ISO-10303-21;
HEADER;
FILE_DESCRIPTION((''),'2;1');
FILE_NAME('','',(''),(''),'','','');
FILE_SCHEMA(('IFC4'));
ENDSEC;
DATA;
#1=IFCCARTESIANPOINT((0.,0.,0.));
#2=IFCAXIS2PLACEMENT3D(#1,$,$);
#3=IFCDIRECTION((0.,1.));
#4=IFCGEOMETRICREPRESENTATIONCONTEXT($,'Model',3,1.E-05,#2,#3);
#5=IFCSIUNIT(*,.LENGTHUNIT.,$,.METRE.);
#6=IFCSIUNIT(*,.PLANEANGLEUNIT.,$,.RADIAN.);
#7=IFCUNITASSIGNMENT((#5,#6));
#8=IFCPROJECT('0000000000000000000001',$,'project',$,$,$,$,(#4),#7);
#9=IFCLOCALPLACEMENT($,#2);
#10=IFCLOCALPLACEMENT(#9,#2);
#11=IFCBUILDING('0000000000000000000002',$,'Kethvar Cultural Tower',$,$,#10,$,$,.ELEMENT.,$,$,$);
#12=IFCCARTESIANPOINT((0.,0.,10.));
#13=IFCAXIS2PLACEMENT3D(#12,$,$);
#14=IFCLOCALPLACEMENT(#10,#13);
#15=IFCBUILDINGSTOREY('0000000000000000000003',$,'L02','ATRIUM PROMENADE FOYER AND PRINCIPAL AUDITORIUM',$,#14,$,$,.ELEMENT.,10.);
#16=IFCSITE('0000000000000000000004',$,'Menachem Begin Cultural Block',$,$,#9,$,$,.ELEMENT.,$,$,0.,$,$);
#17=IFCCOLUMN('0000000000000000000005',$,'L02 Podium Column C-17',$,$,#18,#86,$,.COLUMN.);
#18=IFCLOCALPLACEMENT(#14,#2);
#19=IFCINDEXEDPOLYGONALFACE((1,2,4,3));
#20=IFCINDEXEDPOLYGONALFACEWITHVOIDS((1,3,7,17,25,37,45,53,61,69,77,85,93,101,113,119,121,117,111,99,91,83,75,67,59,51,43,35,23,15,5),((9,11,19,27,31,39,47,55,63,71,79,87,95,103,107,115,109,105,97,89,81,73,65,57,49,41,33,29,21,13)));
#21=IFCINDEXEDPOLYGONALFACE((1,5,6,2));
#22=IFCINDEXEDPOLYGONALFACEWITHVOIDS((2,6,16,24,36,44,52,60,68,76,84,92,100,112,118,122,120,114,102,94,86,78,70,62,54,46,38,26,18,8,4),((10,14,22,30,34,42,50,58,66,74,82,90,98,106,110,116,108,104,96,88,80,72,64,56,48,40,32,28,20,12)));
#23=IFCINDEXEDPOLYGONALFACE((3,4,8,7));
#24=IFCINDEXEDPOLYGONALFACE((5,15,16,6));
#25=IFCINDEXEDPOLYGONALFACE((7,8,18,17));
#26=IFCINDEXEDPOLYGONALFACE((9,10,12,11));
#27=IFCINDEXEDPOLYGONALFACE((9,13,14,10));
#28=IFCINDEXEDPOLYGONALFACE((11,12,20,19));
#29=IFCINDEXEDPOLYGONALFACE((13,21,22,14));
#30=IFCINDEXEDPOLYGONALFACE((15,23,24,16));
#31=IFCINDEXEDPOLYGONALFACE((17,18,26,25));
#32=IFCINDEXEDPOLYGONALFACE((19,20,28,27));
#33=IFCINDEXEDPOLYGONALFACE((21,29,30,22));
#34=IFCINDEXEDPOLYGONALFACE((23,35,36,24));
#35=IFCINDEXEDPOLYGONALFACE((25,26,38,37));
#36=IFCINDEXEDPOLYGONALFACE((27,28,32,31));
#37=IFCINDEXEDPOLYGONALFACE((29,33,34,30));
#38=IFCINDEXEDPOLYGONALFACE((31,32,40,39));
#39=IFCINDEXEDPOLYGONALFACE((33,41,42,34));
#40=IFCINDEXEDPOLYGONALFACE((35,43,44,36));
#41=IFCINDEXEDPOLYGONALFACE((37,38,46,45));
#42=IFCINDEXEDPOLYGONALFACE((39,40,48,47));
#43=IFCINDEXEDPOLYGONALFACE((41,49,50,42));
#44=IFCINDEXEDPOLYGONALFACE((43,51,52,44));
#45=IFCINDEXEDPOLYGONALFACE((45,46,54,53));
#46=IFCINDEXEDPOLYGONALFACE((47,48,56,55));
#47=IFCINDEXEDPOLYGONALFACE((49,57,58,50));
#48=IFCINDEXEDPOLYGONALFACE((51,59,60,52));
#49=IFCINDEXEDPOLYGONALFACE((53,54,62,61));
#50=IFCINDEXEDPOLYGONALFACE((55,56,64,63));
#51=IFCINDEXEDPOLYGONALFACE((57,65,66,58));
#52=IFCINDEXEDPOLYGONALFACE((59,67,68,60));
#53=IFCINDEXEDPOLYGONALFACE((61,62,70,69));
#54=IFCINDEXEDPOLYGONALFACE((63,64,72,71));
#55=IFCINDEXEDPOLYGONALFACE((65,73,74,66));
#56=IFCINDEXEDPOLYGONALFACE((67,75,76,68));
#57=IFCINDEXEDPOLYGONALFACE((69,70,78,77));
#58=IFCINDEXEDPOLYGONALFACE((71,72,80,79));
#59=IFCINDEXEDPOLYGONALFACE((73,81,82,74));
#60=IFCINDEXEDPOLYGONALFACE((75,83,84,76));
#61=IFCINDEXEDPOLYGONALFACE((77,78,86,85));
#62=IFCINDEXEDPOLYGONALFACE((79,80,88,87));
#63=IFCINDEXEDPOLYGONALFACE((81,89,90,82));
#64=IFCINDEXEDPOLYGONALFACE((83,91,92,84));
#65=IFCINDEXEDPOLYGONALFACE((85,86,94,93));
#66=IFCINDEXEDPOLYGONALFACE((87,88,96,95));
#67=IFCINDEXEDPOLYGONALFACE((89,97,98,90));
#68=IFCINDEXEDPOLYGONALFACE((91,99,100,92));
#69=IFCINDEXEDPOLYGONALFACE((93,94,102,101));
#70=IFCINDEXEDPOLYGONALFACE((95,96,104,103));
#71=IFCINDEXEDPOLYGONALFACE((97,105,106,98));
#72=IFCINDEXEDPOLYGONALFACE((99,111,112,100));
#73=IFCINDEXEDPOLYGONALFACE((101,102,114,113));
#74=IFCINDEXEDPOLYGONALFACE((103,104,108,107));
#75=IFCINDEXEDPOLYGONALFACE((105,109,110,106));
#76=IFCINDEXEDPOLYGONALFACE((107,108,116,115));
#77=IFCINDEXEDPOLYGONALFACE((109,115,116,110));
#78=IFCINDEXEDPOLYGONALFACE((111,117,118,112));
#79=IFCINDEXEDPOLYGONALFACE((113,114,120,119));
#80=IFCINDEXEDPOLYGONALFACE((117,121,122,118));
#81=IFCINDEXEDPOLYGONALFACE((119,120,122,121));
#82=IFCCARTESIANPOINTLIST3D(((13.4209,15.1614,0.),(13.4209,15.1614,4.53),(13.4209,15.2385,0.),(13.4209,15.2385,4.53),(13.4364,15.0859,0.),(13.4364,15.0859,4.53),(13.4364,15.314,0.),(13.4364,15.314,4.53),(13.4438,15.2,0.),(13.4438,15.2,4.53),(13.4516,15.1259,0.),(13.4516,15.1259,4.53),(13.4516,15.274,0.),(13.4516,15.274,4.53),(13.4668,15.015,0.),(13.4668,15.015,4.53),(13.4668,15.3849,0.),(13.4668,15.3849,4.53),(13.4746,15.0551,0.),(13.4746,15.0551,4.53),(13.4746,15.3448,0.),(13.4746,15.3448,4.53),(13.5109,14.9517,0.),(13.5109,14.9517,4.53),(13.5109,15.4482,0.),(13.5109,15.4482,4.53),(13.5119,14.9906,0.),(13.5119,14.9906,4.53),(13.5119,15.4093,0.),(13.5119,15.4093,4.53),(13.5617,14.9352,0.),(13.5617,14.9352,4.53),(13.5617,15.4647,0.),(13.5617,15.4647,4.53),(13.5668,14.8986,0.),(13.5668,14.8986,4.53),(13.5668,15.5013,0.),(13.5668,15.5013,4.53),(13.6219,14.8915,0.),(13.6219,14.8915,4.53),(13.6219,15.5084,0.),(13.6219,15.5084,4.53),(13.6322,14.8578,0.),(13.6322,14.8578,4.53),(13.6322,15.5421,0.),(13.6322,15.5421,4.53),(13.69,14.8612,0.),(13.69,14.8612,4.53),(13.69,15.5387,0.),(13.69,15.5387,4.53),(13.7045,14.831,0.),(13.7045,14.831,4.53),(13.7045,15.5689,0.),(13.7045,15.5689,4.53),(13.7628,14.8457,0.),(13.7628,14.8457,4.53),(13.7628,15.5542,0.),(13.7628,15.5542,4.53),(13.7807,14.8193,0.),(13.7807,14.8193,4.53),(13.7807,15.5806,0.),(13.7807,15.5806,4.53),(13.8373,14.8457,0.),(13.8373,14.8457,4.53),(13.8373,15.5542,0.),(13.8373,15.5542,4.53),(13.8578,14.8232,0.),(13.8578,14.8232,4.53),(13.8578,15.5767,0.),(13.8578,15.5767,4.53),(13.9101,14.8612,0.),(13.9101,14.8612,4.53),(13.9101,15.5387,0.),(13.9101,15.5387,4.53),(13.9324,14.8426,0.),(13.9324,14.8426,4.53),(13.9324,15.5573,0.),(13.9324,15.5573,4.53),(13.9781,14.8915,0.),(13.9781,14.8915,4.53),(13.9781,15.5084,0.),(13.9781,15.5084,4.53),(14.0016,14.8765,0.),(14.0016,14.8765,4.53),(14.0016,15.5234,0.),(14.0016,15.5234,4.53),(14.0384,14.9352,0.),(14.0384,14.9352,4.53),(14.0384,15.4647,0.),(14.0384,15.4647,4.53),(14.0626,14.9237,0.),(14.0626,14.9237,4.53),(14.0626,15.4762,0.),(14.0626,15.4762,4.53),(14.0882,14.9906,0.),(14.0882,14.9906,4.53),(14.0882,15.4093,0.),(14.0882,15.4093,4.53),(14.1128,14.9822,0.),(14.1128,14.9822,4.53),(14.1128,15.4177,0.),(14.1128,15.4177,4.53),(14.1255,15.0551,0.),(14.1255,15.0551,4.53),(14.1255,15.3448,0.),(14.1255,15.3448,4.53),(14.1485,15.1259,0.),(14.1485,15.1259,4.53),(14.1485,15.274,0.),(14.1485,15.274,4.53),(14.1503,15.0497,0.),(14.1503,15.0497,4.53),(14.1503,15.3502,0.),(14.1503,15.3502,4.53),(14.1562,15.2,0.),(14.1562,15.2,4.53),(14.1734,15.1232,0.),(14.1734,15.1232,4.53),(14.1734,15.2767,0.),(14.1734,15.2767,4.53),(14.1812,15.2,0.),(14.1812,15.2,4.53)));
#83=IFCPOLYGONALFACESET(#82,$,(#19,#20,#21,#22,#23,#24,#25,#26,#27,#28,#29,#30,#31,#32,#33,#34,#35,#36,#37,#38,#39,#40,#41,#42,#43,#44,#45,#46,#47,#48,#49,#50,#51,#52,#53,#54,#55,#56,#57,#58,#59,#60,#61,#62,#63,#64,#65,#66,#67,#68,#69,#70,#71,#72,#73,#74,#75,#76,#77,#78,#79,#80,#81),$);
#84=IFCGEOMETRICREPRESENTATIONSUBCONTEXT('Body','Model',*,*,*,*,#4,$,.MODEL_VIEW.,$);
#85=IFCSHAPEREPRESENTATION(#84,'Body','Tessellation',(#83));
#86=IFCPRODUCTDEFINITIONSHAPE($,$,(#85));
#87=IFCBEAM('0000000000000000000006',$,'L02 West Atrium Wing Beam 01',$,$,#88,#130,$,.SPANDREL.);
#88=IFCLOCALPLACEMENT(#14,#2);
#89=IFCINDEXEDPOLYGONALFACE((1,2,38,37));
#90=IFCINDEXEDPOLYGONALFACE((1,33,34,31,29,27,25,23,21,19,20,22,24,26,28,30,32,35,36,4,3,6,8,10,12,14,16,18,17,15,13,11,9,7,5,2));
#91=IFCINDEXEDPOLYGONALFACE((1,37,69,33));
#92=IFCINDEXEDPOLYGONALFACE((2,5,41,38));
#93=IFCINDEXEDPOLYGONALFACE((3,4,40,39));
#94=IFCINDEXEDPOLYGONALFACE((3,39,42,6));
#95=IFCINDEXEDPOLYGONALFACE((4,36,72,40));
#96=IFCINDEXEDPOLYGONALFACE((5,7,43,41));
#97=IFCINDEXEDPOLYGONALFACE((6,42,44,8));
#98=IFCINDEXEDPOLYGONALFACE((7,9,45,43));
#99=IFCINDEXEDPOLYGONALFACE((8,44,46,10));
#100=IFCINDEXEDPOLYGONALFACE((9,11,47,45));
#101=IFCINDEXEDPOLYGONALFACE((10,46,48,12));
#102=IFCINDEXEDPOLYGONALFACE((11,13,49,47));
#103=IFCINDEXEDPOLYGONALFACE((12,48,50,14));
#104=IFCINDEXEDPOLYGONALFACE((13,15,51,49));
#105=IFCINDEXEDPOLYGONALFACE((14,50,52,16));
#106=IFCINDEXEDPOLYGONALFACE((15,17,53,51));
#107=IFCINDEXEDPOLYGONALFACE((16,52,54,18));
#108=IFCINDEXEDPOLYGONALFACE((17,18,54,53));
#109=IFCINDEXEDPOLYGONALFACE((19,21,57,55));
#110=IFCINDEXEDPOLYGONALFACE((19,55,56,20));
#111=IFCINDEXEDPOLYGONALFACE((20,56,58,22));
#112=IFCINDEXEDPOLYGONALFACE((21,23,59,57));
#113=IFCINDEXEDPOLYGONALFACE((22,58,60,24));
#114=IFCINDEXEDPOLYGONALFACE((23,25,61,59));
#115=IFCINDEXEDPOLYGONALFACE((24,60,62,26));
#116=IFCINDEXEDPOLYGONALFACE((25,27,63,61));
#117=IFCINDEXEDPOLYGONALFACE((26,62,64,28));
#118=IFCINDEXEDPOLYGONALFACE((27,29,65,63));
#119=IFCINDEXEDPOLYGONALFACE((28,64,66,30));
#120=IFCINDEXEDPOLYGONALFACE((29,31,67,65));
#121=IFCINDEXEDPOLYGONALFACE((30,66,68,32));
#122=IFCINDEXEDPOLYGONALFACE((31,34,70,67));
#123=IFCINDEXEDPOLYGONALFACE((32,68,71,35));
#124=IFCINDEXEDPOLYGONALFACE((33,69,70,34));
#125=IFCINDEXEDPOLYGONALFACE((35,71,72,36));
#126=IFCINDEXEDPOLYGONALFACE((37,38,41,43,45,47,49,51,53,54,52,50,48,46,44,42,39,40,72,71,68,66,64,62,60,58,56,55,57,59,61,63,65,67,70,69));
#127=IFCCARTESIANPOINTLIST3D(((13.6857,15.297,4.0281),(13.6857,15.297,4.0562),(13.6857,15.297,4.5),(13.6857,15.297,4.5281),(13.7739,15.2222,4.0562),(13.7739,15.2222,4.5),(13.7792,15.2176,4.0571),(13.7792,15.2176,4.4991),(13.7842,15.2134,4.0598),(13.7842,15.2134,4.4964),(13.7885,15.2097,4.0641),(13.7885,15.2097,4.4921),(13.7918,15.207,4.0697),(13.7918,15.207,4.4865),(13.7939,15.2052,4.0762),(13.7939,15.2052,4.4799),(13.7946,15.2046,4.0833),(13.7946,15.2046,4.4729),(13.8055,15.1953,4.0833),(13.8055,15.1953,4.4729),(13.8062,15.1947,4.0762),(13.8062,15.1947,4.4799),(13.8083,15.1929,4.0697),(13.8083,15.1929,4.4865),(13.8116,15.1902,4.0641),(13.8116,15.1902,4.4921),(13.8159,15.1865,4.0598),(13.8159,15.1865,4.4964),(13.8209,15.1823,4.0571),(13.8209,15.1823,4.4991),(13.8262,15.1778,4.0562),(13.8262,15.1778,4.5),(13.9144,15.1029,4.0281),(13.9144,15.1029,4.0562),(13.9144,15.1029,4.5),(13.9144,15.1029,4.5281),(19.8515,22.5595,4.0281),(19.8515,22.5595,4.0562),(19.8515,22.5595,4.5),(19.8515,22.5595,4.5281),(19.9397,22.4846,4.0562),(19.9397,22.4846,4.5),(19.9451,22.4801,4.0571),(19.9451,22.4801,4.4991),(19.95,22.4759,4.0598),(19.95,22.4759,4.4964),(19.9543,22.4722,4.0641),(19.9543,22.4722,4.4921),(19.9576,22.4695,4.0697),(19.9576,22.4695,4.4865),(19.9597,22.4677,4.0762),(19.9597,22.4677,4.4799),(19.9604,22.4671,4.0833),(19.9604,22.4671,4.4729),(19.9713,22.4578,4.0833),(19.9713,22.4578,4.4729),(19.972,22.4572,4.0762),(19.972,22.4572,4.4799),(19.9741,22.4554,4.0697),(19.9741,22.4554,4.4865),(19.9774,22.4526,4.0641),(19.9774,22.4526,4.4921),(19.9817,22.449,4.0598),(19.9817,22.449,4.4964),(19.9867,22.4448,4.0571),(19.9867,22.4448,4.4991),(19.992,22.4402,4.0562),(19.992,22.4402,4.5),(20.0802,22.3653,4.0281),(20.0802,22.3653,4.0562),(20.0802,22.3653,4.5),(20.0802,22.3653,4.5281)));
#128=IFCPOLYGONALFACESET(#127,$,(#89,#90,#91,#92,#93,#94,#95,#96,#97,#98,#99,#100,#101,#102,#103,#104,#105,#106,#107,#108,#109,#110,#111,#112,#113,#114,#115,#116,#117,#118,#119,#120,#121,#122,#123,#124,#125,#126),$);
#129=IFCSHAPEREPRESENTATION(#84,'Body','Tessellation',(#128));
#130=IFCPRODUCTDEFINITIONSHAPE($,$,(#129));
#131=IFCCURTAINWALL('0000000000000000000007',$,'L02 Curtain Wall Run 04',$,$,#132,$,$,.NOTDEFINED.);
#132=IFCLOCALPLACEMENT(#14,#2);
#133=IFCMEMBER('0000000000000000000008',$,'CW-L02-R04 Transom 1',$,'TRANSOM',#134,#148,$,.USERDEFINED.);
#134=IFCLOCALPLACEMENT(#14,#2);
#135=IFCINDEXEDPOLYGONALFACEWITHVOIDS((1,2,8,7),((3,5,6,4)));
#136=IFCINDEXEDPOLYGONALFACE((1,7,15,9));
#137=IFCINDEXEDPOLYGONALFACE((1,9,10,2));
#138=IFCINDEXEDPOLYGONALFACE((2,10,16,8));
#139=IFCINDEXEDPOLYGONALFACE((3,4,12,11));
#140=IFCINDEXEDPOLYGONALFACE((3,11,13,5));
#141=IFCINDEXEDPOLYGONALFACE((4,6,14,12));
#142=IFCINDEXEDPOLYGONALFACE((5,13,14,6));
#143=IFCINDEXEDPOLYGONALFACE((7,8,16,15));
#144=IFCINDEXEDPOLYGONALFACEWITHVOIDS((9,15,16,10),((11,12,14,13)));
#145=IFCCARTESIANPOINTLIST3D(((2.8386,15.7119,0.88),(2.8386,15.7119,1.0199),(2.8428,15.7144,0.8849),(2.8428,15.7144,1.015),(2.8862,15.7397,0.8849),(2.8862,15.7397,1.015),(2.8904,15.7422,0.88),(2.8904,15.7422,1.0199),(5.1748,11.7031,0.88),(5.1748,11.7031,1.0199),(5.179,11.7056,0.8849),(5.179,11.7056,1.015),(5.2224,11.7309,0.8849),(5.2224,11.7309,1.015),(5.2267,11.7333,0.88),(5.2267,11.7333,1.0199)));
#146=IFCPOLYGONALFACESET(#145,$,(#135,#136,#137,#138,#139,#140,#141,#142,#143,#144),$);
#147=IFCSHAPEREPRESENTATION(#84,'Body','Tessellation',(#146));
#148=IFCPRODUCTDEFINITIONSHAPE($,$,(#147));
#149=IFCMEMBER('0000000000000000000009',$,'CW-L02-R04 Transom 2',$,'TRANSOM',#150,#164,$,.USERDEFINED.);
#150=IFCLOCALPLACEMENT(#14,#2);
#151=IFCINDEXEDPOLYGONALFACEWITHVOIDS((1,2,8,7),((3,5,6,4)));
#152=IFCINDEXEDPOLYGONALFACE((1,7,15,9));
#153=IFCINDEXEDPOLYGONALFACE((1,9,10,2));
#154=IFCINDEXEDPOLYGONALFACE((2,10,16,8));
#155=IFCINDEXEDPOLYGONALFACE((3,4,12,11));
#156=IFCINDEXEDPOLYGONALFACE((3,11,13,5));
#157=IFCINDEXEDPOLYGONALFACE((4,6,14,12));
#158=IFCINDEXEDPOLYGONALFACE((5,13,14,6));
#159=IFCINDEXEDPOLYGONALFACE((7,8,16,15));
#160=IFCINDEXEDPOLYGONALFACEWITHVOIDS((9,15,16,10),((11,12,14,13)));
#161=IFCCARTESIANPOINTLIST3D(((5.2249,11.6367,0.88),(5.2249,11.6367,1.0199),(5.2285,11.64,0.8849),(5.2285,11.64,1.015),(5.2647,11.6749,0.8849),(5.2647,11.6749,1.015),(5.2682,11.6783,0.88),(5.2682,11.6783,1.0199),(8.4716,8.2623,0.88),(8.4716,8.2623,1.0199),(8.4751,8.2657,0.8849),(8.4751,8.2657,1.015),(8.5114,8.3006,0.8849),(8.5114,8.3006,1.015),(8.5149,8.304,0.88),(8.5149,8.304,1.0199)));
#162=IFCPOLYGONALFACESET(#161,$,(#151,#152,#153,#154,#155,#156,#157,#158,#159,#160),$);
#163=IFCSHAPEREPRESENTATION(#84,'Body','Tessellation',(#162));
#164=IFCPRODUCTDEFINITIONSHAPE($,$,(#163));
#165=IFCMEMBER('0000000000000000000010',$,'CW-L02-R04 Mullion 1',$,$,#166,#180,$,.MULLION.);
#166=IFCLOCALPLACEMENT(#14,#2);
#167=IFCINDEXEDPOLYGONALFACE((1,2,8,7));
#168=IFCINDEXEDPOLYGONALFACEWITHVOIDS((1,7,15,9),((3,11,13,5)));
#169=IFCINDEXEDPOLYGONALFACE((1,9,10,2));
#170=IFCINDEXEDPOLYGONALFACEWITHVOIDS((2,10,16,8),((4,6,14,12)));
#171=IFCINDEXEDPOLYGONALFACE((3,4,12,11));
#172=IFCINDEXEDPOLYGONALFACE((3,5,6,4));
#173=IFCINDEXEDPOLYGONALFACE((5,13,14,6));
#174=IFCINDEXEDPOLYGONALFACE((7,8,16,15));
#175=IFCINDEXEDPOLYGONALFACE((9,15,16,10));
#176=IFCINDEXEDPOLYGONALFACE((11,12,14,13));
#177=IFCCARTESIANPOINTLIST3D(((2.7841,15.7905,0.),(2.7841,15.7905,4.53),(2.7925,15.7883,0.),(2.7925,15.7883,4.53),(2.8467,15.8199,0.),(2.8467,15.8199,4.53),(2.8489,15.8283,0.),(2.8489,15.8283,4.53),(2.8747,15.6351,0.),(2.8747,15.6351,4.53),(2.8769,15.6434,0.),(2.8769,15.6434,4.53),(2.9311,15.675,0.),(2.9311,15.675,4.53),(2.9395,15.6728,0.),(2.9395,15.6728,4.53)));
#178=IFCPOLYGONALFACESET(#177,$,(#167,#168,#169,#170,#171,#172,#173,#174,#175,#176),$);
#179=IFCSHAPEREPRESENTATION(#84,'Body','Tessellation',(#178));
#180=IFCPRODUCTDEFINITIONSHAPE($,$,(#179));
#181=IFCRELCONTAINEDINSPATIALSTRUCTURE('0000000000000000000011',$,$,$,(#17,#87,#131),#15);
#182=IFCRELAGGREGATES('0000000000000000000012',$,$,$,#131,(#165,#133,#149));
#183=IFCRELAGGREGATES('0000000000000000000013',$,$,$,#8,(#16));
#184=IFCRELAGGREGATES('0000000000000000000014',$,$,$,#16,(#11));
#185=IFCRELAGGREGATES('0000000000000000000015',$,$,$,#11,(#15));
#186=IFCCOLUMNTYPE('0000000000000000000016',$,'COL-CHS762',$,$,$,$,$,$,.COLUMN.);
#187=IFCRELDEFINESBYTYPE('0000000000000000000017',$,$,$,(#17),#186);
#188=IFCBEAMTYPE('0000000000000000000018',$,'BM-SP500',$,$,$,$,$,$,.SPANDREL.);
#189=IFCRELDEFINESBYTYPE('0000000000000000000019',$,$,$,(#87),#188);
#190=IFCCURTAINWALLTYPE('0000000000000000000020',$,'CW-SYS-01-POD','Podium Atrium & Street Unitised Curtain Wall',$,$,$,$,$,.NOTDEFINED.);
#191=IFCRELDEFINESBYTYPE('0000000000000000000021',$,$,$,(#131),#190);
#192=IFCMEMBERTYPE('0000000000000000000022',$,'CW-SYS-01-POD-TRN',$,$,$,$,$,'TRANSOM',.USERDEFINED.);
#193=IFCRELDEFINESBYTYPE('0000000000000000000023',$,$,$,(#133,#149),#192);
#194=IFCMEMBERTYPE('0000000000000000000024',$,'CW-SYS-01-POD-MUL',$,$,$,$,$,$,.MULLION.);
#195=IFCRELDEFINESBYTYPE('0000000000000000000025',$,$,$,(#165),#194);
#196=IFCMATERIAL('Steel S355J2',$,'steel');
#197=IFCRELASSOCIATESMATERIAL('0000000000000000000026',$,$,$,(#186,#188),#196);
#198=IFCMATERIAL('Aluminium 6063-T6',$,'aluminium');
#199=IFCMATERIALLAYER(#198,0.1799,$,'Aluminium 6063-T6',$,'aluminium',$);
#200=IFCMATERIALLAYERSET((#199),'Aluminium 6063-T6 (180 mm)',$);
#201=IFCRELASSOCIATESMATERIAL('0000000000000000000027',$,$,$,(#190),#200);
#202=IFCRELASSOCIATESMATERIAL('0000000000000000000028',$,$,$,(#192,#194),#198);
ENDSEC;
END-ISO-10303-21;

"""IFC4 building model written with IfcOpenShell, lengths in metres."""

from ifc_helpers import new_model, si_unit, direction, frame, origin, origin_2d, place, context, subcontext, project, spatial, hollow_rectangle, hollow_circle, i_section, extrude, source, transform, mapped, material, layer, layer_set, material_profile, profile_set, type_object, element, aggregate, save


model = new_model("IFC4")

# Units and contexts
model_context = context("Model", 3, precision=1e-05, world=origin(), true_north=direction((0.0, 1.0)))
body_context = subcontext(model_context, "Body", "Model", "MODEL_VIEW")
ifc_project = project(units=[si_unit("LENGTHUNIT", "METRE"), si_unit("PLANEANGLEUNIT", "RADIAN")], contexts=[model_context])

# Site, building, storey
site_placement = place(None, origin())
site = spatial("IfcSite", under=ifc_project, at=site_placement, Name="Menachem Begin Cultural Block", CompositionType="ELEMENT", RefElevation=0.0)
building_placement = place(site_placement, origin())
building = spatial("IfcBuilding", under=site, at=building_placement, Name="Kethvar Cultural Tower", CompositionType="ELEMENT")
storey_placement = place(building_placement, frame((0.0, 0.0, 10.0)))
storey = spatial("IfcBuildingStorey", under=building, at=storey_placement, Name="L02", Description="ATRIUM PROMENADE FOYER AND PRINCIPAL AUDITORIUM", CompositionType="ELEMENT", Elevation=10.0)

# Column
ifc_material_1 = material(Name="Steel S355J2", Category="steel")
ifc_material_profile_1 = material_profile(ifc_material_1, hollow_circle(Radius=0.3811, WallThickness=0.0249, at=origin_2d()), Name="Steel S355J2 — CHS762x25")
ifc_profile_set_1 = profile_set([ifc_material_profile_1], Name="Steel S355J2 — CHS762x25")
column_type = type_object("IfcColumnType", Name="COL-CHS762", PredefinedType="COLUMN", material=ifc_profile_set_1)
shared_shape_1 = source(origin(), body_context, "Body", "SweptSolid", [
    extrude(hollow_circle(Radius=0.3811, WallThickness=0.0249, at=origin_2d()), origin(), (0.0, 0.0, 1.0), 4.53),
])
column_placement = place(storey_placement, frame((13.8, 15.2, 0.0), z_axis=(0.0, 0.0, 1.0), x_axis=(1.0, 0.0, 0.0)))
element("IfcColumn", 1, at=column_placement, inside=storey, type_object=column_type, Name="L02 Podium Column C-17", PredefinedType="COLUMN", context=body_context, shape_type="MappedRepresentation", body=[
    mapped(shared_shape_1, transform((0.0, 0.0, 0.0), scale=1.0)),
])

# Beam
ifc_material_profile_2 = material_profile(ifc_material_1, i_section(OverallWidth=0.3, OverallDepth=0.5, WebThickness=0.0144, FlangeThickness=0.0281, FilletRadius=0.0271, at=origin_2d()), Name="Steel S355J2 — HEB500")
ifc_profile_set_2 = profile_set([ifc_material_profile_2], Name="Steel S355J2 — HEB500")
beam_type = type_object("IfcBeamType", Name="BM-SP500", PredefinedType="SPANDREL", material=ifc_profile_set_2)
shared_shape_2 = source(origin(), body_context, "Body", "SweptSolid", [
    extrude(i_section(OverallWidth=0.3, OverallDepth=0.5, WebThickness=0.0144, FlangeThickness=0.0281, FilletRadius=0.0271, at=origin_2d()), origin(), (0.0, 0.0, 1.0), 9.5269),
])
beam_placement = place(storey_placement, frame((13.8, 15.2, 4.2781), z_axis=(0.647203, 0.762318, 0.0), x_axis=(-0.762318, 0.647203, 0.0)))
element("IfcBeam", 2, at=beam_placement, inside=storey, type_object=beam_type, Name="L02 West Atrium Wing Beam 01", PredefinedType="SPANDREL", context=body_context, shape_type="MappedRepresentation", body=[
    mapped(shared_shape_2, transform((0.0, 0.0, 0.0), scale=1.0)),
])

# Curtain wall, members
ifc_material_2 = material(Name="Aluminium 6063-T6", Category="aluminium")
ifc_layer_1 = layer(ifc_material_2, 0.1799, Name="Aluminium 6063-T6", Category="aluminium")
ifc_layer_set_1 = layer_set([ifc_layer_1], Name="Aluminium 6063-T6 (180 mm)")
curtain_wall_type = type_object("IfcCurtainWallType", Name="CW-SYS-01-POD", Description="Podium Atrium & Street Unitised Curtain Wall", PredefinedType="NOTDEFINED", material=ifc_layer_set_1)
curtain_wall_placement = place(storey_placement, origin())
curtain_wall = element("IfcCurtainWall", 3, at=curtain_wall_placement, inside=storey, type_object=curtain_wall_type, Name="L02 Curtain Wall Run 04", PredefinedType="NOTDEFINED")
ifc_material_profile_3 = material_profile(ifc_material_2, hollow_rectangle(XDim=0.0601, YDim=0.1399, WallThickness=0.0049, at=origin_2d()), Name="Aluminium 6063-T6 — RHS140x60x5")
ifc_profile_set_3 = profile_set([ifc_material_profile_3], Name="Aluminium 6063-T6 — RHS140x60x5")
member_type_1 = type_object("IfcMemberType", Name="CW-SYS-01-POD-TRN", ElementType="TRANSOM", PredefinedType="USERDEFINED", material=ifc_profile_set_3)
shared_shape_3 = source(origin(), body_context, "Body", "SweptSolid", [
    extrude(hollow_rectangle(XDim=0.0601, YDim=0.1399, WallThickness=0.0049, at=origin_2d()), origin(), (0.0, 0.0, 1.0), 4.6399),
])
member_1_placement = place(storey_placement, frame((2.8645, 15.7271, 0.95), z_axis=(0.503505, -0.863993, 0.0), x_axis=(0.863993, 0.503505, 0.0)))
member_1 = element("IfcMember", 4, at=member_1_placement, type_object=member_type_1, Name="CW-L02-R04 Transom 1", ObjectType="TRANSOM", PredefinedType="USERDEFINED", context=body_context, shape_type="MappedRepresentation", body=[
    mapped(shared_shape_3, transform((0.0, 0.0, 0.0), scale=1.0)),
])
shared_shape_4 = source(origin(), body_context, "Body", "SweptSolid", [
    extrude(hollow_rectangle(XDim=0.0601, YDim=0.1399, WallThickness=0.0049, at=origin_2d()), origin(), (0.0, 0.0, 1.0), 4.6826),
])
member_2_placement = place(storey_placement, frame((5.2466, 11.6575, 0.95), z_axis=(0.693341, -0.72061, 0.0), x_axis=(0.72061, 0.693341, 0.0)))
member_2 = element("IfcMember", 5, at=member_2_placement, type_object=member_type_1, Name="CW-L02-R04 Transom 2", ObjectType="TRANSOM", PredefinedType="USERDEFINED", context=body_context, shape_type="MappedRepresentation", body=[
    mapped(shared_shape_4, transform((0.0, 0.0, 0.0), scale=1.0)),
])
ifc_material_profile_4 = material_profile(ifc_material_2, hollow_rectangle(XDim=0.075, YDim=0.1799, WallThickness=0.0061, at=origin_2d()), Name="Aluminium 6063-T6 — RHS180x75x6")
ifc_profile_set_4 = profile_set([ifc_material_profile_4], Name="Aluminium 6063-T6 — RHS180x75x6")
member_type_2 = type_object("IfcMemberType", Name="CW-SYS-01-POD-MUL", PredefinedType="MULLION", material=ifc_profile_set_4)
shared_shape_5 = source(origin(), body_context, "Body", "SweptSolid", [
    extrude(hollow_rectangle(XDim=0.075, YDim=0.1799, WallThickness=0.0061, at=origin_2d()), origin(), (0.0, 0.0, 1.0), 4.53),
])
member_3_placement = place(storey_placement, frame((2.8618, 15.7317, 0.0), z_axis=(0.0, 0.0, 1.0), x_axis=(0.863985, 0.503518, 0.0)))
member_3 = element("IfcMember", 6, at=member_3_placement, type_object=member_type_2, Name="CW-L02-R04 Mullion 1", PredefinedType="MULLION", context=body_context, shape_type="MappedRepresentation", body=[
    mapped(shared_shape_5, transform((0.0, 0.0, 0.0), scale=1.0)),
])
aggregate(curtain_wall, [member_3, member_1, member_2])

save(model, "model.ifc")
